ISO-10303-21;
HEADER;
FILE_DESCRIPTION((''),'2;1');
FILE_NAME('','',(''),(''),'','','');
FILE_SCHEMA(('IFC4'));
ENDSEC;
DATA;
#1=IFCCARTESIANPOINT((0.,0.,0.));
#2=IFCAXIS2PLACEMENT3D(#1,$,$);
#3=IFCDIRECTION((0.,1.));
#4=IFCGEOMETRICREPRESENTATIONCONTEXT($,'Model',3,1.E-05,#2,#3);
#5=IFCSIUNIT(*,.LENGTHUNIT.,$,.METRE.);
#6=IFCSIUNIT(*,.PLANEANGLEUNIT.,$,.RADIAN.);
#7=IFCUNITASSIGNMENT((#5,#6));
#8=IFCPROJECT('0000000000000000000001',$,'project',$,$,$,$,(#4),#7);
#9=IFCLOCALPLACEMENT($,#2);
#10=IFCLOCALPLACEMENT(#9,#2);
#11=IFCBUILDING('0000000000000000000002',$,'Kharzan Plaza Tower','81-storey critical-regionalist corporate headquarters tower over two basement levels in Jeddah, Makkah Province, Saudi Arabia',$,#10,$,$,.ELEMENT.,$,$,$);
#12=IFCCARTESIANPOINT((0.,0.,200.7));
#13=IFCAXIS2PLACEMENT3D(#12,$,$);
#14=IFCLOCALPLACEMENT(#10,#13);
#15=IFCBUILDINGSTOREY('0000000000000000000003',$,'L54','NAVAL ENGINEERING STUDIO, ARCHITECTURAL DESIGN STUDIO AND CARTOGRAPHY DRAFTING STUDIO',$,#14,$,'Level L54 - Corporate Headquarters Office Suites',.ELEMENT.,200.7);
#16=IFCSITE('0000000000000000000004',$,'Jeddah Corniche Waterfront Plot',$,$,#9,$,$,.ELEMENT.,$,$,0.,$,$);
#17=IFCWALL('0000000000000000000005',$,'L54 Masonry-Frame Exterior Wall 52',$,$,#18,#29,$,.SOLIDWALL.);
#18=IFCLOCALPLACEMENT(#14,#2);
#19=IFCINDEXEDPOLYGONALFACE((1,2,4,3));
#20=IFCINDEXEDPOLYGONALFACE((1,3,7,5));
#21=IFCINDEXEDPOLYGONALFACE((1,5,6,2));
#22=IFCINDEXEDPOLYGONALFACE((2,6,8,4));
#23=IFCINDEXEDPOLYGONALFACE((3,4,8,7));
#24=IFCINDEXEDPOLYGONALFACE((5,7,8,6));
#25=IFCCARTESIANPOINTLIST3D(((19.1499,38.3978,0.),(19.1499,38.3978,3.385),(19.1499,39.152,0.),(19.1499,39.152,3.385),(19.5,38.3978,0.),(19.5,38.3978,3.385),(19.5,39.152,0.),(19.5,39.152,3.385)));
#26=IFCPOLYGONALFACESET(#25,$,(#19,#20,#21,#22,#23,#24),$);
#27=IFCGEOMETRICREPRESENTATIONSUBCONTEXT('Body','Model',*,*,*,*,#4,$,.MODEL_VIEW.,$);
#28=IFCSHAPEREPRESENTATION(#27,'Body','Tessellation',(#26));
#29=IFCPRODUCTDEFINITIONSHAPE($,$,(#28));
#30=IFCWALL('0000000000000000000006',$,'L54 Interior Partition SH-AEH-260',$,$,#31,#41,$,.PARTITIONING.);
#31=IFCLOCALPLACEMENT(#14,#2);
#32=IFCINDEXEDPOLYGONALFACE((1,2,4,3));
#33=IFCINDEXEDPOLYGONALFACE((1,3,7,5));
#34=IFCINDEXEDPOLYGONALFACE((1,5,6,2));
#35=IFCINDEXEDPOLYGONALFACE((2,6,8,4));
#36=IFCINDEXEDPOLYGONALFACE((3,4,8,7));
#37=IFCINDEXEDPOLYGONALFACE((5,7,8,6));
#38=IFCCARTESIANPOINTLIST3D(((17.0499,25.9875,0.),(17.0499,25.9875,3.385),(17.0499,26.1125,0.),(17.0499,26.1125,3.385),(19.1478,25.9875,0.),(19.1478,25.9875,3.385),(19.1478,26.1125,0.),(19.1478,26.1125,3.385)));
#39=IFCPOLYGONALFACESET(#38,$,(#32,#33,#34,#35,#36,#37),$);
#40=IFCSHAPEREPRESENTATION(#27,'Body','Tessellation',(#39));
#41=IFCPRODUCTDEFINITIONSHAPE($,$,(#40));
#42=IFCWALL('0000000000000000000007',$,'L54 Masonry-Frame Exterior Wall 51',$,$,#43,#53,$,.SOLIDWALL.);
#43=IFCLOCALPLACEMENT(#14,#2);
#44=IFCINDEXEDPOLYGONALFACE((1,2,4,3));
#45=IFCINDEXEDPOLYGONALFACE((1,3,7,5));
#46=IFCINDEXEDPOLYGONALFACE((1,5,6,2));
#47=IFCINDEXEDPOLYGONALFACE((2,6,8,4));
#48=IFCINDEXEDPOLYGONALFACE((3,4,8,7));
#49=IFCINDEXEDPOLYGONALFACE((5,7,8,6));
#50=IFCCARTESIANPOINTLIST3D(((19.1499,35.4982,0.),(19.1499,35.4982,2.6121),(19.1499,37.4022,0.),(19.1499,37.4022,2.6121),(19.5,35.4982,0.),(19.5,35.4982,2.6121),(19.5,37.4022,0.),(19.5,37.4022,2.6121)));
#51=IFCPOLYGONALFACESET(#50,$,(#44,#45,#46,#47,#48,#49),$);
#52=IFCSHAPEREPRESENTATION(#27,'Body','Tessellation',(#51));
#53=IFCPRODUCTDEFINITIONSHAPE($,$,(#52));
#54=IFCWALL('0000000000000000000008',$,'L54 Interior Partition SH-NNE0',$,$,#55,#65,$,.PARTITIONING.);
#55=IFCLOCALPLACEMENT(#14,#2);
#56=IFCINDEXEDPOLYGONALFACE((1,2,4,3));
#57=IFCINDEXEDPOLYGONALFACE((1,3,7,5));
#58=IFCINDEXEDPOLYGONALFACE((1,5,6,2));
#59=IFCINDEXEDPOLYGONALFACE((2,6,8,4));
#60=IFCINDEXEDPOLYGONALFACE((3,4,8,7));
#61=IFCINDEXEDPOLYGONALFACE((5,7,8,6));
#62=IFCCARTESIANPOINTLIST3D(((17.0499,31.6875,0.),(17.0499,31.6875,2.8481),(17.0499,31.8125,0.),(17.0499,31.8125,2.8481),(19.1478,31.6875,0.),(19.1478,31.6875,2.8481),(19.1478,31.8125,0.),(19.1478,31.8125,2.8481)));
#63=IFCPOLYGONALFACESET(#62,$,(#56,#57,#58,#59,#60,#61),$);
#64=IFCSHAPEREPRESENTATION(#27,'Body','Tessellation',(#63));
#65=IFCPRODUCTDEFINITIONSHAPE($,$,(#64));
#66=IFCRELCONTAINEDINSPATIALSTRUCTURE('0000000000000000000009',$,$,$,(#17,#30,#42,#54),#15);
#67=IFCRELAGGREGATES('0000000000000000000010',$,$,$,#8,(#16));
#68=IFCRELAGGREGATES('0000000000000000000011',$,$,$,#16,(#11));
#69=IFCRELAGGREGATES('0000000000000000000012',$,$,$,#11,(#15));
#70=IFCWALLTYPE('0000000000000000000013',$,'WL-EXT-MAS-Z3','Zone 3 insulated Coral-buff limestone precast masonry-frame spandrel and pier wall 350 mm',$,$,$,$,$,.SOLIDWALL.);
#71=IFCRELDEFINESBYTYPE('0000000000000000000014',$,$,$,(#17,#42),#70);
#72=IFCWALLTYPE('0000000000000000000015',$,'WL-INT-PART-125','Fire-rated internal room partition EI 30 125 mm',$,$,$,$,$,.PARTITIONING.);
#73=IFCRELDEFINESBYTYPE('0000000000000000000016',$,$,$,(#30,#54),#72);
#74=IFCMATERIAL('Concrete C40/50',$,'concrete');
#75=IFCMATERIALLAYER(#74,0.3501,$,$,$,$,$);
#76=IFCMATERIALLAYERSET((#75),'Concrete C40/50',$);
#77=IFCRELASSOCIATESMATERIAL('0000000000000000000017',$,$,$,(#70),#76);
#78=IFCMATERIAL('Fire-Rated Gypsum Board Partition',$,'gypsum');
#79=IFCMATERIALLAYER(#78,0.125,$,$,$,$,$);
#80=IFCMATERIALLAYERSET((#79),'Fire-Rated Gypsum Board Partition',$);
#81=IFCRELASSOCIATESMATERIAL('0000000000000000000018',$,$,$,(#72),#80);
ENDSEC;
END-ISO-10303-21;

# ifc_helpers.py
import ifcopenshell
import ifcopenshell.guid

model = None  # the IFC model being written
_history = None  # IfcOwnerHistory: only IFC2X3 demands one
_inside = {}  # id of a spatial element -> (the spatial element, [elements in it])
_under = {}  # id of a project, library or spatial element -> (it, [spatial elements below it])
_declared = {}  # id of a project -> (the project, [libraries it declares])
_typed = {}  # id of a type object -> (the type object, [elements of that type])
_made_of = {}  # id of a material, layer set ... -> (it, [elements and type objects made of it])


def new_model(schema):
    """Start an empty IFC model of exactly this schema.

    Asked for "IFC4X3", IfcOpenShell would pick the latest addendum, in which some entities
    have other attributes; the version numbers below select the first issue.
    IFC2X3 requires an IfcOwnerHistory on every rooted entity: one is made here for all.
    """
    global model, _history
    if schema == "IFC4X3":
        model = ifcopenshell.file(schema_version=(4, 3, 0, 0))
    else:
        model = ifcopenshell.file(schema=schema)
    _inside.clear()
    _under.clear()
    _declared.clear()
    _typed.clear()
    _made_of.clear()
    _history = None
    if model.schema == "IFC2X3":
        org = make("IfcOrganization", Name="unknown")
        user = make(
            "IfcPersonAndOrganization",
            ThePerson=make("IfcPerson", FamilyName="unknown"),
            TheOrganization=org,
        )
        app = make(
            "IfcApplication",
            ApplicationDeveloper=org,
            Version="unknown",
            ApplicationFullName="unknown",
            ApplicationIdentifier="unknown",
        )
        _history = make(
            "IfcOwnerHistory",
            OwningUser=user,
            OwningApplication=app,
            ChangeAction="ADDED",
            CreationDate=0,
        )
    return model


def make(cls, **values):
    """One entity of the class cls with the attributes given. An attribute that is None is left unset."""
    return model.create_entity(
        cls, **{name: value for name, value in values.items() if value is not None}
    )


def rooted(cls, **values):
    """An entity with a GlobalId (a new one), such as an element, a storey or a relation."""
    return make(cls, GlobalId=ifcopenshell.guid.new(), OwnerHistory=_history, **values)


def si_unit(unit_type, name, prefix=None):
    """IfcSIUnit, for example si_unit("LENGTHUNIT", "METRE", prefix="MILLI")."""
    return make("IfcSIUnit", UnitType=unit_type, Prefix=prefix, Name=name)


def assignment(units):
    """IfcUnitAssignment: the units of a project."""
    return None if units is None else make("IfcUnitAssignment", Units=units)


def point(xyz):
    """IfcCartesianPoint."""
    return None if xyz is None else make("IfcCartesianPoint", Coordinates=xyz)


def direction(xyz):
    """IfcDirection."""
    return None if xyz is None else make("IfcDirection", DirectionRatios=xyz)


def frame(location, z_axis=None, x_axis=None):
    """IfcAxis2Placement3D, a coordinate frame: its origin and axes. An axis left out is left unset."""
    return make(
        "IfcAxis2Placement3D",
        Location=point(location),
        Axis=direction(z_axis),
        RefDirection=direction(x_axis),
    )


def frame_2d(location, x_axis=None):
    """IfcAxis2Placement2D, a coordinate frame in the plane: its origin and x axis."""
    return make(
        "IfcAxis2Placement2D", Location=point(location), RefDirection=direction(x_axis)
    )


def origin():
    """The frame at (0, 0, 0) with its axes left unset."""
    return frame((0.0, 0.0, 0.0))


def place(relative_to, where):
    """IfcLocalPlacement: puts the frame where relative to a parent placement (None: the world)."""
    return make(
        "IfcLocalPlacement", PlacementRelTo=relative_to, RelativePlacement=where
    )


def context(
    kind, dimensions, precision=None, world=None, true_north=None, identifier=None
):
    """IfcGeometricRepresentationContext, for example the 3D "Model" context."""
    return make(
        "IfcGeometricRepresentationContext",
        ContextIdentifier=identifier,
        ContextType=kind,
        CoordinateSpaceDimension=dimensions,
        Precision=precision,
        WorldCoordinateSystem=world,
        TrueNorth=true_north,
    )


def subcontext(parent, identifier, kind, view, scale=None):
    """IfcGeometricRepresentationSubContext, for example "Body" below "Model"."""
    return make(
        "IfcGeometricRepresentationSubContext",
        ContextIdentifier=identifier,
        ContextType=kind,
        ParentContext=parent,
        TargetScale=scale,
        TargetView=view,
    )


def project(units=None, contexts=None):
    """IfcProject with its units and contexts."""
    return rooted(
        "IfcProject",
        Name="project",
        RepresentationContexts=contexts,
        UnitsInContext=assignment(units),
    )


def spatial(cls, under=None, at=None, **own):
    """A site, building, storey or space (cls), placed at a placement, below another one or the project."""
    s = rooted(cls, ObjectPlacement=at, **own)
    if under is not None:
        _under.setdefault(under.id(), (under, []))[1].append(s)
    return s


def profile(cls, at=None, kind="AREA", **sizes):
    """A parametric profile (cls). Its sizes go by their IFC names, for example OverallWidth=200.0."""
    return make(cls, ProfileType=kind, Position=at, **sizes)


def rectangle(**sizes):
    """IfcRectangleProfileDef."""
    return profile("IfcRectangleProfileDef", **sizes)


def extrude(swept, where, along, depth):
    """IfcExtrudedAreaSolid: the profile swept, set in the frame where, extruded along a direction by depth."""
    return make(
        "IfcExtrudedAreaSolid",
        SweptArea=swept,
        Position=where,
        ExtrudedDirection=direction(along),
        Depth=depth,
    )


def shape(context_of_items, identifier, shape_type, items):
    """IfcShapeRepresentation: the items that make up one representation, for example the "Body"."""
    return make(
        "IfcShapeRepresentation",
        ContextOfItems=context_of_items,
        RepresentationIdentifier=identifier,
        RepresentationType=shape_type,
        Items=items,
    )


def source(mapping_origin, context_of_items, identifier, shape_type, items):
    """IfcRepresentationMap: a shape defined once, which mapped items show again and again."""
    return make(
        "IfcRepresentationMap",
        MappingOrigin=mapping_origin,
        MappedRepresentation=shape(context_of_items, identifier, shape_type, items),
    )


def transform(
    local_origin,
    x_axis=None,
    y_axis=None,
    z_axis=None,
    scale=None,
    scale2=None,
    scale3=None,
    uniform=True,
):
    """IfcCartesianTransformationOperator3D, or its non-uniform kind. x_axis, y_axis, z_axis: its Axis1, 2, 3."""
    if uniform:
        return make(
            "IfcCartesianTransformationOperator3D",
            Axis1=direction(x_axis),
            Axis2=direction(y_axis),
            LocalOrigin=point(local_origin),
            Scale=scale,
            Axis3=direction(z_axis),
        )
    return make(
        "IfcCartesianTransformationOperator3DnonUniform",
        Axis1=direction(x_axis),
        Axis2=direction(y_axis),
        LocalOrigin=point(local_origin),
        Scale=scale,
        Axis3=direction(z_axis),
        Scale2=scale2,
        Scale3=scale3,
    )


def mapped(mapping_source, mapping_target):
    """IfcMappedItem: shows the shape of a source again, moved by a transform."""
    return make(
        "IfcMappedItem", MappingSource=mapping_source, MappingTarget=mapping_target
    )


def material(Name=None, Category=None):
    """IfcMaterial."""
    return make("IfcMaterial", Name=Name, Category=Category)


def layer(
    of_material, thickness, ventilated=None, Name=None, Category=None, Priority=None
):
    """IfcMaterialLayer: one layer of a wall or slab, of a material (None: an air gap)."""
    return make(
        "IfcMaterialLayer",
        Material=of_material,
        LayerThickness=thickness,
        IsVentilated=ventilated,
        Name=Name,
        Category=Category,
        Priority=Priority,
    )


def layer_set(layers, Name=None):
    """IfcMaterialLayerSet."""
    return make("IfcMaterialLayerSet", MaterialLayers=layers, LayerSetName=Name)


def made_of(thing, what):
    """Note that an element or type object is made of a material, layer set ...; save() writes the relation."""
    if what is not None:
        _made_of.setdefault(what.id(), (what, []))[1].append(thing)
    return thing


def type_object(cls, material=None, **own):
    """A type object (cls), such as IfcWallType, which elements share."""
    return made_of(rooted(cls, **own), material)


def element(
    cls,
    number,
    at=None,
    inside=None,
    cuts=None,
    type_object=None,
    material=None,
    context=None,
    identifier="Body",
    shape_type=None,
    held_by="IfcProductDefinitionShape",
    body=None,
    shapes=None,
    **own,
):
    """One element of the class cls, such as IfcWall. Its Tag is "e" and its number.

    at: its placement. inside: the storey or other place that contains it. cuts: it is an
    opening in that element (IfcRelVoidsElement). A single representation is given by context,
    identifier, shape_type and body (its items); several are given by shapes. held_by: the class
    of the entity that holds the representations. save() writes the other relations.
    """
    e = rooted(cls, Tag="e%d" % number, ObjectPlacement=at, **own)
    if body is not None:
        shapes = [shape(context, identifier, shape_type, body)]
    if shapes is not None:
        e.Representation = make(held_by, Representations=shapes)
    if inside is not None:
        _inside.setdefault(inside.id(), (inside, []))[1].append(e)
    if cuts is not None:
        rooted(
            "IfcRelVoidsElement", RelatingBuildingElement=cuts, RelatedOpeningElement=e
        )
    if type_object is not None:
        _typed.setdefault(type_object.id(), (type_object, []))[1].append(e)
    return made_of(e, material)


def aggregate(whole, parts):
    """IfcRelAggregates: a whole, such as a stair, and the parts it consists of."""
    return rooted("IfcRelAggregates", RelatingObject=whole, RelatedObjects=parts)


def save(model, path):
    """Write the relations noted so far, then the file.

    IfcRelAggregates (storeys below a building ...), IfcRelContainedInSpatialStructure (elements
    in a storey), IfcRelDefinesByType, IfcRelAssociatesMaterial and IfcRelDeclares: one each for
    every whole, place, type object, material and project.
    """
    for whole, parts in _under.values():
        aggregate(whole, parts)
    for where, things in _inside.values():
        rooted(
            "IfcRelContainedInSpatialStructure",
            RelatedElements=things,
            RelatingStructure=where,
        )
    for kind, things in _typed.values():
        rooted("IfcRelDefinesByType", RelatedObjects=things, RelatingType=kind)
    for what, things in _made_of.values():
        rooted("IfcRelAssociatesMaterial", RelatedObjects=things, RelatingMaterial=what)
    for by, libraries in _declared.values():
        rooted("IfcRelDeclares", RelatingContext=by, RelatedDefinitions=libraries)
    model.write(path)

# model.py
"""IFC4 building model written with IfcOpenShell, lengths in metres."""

from ifc_helpers import new_model, si_unit, direction, frame, frame_2d, origin, place, context, subcontext, project, spatial, rectangle, extrude, source, transform, mapped, material, layer, layer_set, type_object, element, save


model = new_model("IFC4")

# Units and contexts
model_context = context("Model", 3, precision=1e-05, world=origin(), true_north=direction((0.0, 1.0)))
body_context = subcontext(model_context, "Body", "Model", "MODEL_VIEW")
ifc_project = project(units=[si_unit("LENGTHUNIT", "METRE"), si_unit("PLANEANGLEUNIT", "RADIAN")], contexts=[model_context])

# Site, building, storey
site_placement = place(None, origin())
site = spatial("IfcSite", under=ifc_project, at=site_placement, Name="Jeddah Corniche Waterfront Plot", CompositionType="ELEMENT", RefElevation=0.0)
building_placement = place(site_placement, origin())
building = spatial("IfcBuilding", under=site, at=building_placement, Name="Kharzan Plaza Tower", Description="81-storey critical-regionalist corporate headquarters tower over two basement levels in Jeddah, Makkah Province, Saudi Arabia", CompositionType="ELEMENT")
storey_placement = place(building_placement, frame((0.0, 0.0, 200.7)))
storey = spatial("IfcBuildingStorey", under=building, at=storey_placement, Name="L54", Description="NAVAL ENGINEERING STUDIO, ARCHITECTURAL DESIGN STUDIO AND CARTOGRAPHY DRAFTING STUDIO", LongName="Level L54 - Corporate Headquarters Office Suites", CompositionType="ELEMENT", Elevation=200.7)

# Shared definitions
ifc_material_1 = material(Name="Concrete C40/50", Category="concrete")
ifc_layer_1 = layer(ifc_material_1, 0.3501)
ifc_layer_set_1 = layer_set([ifc_layer_1], Name="Concrete C40/50")
wall_type_1 = type_object("IfcWallType", Name="WL-EXT-MAS-Z3", Description="Zone 3 insulated Coral-buff limestone precast masonry-frame spandrel and pier wall 350 mm", PredefinedType="SOLIDWALL", material=ifc_layer_set_1)

# Shared definitions
ifc_material_2 = material(Name="Fire-Rated Gypsum Board Partition", Category="gypsum")
ifc_layer_2 = layer(ifc_material_2, 0.125)
ifc_layer_set_2 = layer_set([ifc_layer_2], Name="Fire-Rated Gypsum Board Partition")
wall_type_2 = type_object("IfcWallType", Name="WL-INT-PART-125", Description="Fire-rated internal room partition EI 30 125 mm", PredefinedType="PARTITIONING", material=ifc_layer_set_2)

# Walls
shared_shape_1 = source(origin(), body_context, "Body", "SweptSolid", [
    extrude(rectangle(XDim=0.7542, YDim=0.3501, at=frame_2d((0.377, 0.0))), origin(), (0.0, 0.0, 1.0), 3.385),
])
wall_1_placement = place(storey_placement, frame((19.325, 38.3979, 0.0), z_axis=(0.0, 0.0, 1.0), x_axis=(0.0, 1.0, 0.0)))
element("IfcWall", 1, at=wall_1_placement, inside=storey, type_object=wall_type_1, Name="L54 Masonry-Frame Exterior Wall 52", PredefinedType="SOLIDWALL", context=body_context, shape_type="MappedRepresentation", body=[
    mapped(shared_shape_1, transform((0.0, 0.0, 0.0), x_axis=(1.0, 0.0, 0.0), y_axis=(0.0, 1.0, 0.0), z_axis=(0.0, 0.0, 1.0))),
])
shared_shape_2 = source(origin(), body_context, "Body", "SweptSolid", [
    extrude(rectangle(XDim=2.0979, YDim=0.125, at=frame_2d((1.0488, 0.0))), origin(), (0.0, 0.0, 1.0), 3.385),
])
wall_2_placement = place(storey_placement, frame((17.05, 26.05, 0.0), z_axis=(0.0, 0.0, 1.0), x_axis=(1.0, 0.0, 0.0)))
element("IfcWall", 2, at=wall_2_placement, inside=storey, type_object=wall_type_2, Name="L54 Interior Partition SH-AEH-260", PredefinedType="PARTITIONING", context=body_context, shape_type="MappedRepresentation", body=[
    mapped(shared_shape_2, transform((0.0, 0.0, 0.0), x_axis=(1.0, 0.0, 0.0), y_axis=(0.0, 1.0, 0.0), z_axis=(0.0, 0.0, 1.0))),
])
shared_shape_3 = source(origin(), body_context, "Body", "SweptSolid", [
    extrude(rectangle(XDim=1.9041, YDim=0.3501, at=frame_2d((0.9521, 0.0))), origin(), (0.0, 0.0, 1.0), 2.6121),
])
wall_3_placement = place(storey_placement, frame((19.325, 35.498, 0.0), z_axis=(0.0, 0.0, 1.0), x_axis=(0.0, 1.0, 0.0)))
element("IfcWall", 3, at=wall_3_placement, inside=storey, type_object=wall_type_1, Name="L54 Masonry-Frame Exterior Wall 51", PredefinedType="SOLIDWALL", context=body_context, shape_type="MappedRepresentation", body=[
    mapped(shared_shape_3, transform((0.0, 0.0, 0.0), x_axis=(1.0, 0.0, 0.0), y_axis=(0.0, 1.0, 0.0), z_axis=(0.0, 0.0, 1.0))),
])
shared_shape_4 = source(origin(), body_context, "Body", "SweptSolid", [
    extrude(rectangle(XDim=2.0979, YDim=0.125, at=frame_2d((1.0488, 0.0))), origin(), (0.0, 0.0, 1.0), 2.8481),
])
wall_4_placement = place(storey_placement, frame((17.05, 31.75, 0.0), z_axis=(0.0, 0.0, 1.0), x_axis=(1.0, 0.0, 0.0)))
element("IfcWall", 4, at=wall_4_placement, inside=storey, type_object=wall_type_2, Name="L54 Interior Partition SH-NNE0", PredefinedType="PARTITIONING", context=body_context, shape_type="MappedRepresentation", body=[
    mapped(shared_shape_4, transform((0.0, 0.0, 0.0), x_axis=(1.0, 0.0, 0.0), y_axis=(0.0, 1.0, 0.0), z_axis=(0.0, 0.0, 1.0))),
])

save(model, "model.ifc")
